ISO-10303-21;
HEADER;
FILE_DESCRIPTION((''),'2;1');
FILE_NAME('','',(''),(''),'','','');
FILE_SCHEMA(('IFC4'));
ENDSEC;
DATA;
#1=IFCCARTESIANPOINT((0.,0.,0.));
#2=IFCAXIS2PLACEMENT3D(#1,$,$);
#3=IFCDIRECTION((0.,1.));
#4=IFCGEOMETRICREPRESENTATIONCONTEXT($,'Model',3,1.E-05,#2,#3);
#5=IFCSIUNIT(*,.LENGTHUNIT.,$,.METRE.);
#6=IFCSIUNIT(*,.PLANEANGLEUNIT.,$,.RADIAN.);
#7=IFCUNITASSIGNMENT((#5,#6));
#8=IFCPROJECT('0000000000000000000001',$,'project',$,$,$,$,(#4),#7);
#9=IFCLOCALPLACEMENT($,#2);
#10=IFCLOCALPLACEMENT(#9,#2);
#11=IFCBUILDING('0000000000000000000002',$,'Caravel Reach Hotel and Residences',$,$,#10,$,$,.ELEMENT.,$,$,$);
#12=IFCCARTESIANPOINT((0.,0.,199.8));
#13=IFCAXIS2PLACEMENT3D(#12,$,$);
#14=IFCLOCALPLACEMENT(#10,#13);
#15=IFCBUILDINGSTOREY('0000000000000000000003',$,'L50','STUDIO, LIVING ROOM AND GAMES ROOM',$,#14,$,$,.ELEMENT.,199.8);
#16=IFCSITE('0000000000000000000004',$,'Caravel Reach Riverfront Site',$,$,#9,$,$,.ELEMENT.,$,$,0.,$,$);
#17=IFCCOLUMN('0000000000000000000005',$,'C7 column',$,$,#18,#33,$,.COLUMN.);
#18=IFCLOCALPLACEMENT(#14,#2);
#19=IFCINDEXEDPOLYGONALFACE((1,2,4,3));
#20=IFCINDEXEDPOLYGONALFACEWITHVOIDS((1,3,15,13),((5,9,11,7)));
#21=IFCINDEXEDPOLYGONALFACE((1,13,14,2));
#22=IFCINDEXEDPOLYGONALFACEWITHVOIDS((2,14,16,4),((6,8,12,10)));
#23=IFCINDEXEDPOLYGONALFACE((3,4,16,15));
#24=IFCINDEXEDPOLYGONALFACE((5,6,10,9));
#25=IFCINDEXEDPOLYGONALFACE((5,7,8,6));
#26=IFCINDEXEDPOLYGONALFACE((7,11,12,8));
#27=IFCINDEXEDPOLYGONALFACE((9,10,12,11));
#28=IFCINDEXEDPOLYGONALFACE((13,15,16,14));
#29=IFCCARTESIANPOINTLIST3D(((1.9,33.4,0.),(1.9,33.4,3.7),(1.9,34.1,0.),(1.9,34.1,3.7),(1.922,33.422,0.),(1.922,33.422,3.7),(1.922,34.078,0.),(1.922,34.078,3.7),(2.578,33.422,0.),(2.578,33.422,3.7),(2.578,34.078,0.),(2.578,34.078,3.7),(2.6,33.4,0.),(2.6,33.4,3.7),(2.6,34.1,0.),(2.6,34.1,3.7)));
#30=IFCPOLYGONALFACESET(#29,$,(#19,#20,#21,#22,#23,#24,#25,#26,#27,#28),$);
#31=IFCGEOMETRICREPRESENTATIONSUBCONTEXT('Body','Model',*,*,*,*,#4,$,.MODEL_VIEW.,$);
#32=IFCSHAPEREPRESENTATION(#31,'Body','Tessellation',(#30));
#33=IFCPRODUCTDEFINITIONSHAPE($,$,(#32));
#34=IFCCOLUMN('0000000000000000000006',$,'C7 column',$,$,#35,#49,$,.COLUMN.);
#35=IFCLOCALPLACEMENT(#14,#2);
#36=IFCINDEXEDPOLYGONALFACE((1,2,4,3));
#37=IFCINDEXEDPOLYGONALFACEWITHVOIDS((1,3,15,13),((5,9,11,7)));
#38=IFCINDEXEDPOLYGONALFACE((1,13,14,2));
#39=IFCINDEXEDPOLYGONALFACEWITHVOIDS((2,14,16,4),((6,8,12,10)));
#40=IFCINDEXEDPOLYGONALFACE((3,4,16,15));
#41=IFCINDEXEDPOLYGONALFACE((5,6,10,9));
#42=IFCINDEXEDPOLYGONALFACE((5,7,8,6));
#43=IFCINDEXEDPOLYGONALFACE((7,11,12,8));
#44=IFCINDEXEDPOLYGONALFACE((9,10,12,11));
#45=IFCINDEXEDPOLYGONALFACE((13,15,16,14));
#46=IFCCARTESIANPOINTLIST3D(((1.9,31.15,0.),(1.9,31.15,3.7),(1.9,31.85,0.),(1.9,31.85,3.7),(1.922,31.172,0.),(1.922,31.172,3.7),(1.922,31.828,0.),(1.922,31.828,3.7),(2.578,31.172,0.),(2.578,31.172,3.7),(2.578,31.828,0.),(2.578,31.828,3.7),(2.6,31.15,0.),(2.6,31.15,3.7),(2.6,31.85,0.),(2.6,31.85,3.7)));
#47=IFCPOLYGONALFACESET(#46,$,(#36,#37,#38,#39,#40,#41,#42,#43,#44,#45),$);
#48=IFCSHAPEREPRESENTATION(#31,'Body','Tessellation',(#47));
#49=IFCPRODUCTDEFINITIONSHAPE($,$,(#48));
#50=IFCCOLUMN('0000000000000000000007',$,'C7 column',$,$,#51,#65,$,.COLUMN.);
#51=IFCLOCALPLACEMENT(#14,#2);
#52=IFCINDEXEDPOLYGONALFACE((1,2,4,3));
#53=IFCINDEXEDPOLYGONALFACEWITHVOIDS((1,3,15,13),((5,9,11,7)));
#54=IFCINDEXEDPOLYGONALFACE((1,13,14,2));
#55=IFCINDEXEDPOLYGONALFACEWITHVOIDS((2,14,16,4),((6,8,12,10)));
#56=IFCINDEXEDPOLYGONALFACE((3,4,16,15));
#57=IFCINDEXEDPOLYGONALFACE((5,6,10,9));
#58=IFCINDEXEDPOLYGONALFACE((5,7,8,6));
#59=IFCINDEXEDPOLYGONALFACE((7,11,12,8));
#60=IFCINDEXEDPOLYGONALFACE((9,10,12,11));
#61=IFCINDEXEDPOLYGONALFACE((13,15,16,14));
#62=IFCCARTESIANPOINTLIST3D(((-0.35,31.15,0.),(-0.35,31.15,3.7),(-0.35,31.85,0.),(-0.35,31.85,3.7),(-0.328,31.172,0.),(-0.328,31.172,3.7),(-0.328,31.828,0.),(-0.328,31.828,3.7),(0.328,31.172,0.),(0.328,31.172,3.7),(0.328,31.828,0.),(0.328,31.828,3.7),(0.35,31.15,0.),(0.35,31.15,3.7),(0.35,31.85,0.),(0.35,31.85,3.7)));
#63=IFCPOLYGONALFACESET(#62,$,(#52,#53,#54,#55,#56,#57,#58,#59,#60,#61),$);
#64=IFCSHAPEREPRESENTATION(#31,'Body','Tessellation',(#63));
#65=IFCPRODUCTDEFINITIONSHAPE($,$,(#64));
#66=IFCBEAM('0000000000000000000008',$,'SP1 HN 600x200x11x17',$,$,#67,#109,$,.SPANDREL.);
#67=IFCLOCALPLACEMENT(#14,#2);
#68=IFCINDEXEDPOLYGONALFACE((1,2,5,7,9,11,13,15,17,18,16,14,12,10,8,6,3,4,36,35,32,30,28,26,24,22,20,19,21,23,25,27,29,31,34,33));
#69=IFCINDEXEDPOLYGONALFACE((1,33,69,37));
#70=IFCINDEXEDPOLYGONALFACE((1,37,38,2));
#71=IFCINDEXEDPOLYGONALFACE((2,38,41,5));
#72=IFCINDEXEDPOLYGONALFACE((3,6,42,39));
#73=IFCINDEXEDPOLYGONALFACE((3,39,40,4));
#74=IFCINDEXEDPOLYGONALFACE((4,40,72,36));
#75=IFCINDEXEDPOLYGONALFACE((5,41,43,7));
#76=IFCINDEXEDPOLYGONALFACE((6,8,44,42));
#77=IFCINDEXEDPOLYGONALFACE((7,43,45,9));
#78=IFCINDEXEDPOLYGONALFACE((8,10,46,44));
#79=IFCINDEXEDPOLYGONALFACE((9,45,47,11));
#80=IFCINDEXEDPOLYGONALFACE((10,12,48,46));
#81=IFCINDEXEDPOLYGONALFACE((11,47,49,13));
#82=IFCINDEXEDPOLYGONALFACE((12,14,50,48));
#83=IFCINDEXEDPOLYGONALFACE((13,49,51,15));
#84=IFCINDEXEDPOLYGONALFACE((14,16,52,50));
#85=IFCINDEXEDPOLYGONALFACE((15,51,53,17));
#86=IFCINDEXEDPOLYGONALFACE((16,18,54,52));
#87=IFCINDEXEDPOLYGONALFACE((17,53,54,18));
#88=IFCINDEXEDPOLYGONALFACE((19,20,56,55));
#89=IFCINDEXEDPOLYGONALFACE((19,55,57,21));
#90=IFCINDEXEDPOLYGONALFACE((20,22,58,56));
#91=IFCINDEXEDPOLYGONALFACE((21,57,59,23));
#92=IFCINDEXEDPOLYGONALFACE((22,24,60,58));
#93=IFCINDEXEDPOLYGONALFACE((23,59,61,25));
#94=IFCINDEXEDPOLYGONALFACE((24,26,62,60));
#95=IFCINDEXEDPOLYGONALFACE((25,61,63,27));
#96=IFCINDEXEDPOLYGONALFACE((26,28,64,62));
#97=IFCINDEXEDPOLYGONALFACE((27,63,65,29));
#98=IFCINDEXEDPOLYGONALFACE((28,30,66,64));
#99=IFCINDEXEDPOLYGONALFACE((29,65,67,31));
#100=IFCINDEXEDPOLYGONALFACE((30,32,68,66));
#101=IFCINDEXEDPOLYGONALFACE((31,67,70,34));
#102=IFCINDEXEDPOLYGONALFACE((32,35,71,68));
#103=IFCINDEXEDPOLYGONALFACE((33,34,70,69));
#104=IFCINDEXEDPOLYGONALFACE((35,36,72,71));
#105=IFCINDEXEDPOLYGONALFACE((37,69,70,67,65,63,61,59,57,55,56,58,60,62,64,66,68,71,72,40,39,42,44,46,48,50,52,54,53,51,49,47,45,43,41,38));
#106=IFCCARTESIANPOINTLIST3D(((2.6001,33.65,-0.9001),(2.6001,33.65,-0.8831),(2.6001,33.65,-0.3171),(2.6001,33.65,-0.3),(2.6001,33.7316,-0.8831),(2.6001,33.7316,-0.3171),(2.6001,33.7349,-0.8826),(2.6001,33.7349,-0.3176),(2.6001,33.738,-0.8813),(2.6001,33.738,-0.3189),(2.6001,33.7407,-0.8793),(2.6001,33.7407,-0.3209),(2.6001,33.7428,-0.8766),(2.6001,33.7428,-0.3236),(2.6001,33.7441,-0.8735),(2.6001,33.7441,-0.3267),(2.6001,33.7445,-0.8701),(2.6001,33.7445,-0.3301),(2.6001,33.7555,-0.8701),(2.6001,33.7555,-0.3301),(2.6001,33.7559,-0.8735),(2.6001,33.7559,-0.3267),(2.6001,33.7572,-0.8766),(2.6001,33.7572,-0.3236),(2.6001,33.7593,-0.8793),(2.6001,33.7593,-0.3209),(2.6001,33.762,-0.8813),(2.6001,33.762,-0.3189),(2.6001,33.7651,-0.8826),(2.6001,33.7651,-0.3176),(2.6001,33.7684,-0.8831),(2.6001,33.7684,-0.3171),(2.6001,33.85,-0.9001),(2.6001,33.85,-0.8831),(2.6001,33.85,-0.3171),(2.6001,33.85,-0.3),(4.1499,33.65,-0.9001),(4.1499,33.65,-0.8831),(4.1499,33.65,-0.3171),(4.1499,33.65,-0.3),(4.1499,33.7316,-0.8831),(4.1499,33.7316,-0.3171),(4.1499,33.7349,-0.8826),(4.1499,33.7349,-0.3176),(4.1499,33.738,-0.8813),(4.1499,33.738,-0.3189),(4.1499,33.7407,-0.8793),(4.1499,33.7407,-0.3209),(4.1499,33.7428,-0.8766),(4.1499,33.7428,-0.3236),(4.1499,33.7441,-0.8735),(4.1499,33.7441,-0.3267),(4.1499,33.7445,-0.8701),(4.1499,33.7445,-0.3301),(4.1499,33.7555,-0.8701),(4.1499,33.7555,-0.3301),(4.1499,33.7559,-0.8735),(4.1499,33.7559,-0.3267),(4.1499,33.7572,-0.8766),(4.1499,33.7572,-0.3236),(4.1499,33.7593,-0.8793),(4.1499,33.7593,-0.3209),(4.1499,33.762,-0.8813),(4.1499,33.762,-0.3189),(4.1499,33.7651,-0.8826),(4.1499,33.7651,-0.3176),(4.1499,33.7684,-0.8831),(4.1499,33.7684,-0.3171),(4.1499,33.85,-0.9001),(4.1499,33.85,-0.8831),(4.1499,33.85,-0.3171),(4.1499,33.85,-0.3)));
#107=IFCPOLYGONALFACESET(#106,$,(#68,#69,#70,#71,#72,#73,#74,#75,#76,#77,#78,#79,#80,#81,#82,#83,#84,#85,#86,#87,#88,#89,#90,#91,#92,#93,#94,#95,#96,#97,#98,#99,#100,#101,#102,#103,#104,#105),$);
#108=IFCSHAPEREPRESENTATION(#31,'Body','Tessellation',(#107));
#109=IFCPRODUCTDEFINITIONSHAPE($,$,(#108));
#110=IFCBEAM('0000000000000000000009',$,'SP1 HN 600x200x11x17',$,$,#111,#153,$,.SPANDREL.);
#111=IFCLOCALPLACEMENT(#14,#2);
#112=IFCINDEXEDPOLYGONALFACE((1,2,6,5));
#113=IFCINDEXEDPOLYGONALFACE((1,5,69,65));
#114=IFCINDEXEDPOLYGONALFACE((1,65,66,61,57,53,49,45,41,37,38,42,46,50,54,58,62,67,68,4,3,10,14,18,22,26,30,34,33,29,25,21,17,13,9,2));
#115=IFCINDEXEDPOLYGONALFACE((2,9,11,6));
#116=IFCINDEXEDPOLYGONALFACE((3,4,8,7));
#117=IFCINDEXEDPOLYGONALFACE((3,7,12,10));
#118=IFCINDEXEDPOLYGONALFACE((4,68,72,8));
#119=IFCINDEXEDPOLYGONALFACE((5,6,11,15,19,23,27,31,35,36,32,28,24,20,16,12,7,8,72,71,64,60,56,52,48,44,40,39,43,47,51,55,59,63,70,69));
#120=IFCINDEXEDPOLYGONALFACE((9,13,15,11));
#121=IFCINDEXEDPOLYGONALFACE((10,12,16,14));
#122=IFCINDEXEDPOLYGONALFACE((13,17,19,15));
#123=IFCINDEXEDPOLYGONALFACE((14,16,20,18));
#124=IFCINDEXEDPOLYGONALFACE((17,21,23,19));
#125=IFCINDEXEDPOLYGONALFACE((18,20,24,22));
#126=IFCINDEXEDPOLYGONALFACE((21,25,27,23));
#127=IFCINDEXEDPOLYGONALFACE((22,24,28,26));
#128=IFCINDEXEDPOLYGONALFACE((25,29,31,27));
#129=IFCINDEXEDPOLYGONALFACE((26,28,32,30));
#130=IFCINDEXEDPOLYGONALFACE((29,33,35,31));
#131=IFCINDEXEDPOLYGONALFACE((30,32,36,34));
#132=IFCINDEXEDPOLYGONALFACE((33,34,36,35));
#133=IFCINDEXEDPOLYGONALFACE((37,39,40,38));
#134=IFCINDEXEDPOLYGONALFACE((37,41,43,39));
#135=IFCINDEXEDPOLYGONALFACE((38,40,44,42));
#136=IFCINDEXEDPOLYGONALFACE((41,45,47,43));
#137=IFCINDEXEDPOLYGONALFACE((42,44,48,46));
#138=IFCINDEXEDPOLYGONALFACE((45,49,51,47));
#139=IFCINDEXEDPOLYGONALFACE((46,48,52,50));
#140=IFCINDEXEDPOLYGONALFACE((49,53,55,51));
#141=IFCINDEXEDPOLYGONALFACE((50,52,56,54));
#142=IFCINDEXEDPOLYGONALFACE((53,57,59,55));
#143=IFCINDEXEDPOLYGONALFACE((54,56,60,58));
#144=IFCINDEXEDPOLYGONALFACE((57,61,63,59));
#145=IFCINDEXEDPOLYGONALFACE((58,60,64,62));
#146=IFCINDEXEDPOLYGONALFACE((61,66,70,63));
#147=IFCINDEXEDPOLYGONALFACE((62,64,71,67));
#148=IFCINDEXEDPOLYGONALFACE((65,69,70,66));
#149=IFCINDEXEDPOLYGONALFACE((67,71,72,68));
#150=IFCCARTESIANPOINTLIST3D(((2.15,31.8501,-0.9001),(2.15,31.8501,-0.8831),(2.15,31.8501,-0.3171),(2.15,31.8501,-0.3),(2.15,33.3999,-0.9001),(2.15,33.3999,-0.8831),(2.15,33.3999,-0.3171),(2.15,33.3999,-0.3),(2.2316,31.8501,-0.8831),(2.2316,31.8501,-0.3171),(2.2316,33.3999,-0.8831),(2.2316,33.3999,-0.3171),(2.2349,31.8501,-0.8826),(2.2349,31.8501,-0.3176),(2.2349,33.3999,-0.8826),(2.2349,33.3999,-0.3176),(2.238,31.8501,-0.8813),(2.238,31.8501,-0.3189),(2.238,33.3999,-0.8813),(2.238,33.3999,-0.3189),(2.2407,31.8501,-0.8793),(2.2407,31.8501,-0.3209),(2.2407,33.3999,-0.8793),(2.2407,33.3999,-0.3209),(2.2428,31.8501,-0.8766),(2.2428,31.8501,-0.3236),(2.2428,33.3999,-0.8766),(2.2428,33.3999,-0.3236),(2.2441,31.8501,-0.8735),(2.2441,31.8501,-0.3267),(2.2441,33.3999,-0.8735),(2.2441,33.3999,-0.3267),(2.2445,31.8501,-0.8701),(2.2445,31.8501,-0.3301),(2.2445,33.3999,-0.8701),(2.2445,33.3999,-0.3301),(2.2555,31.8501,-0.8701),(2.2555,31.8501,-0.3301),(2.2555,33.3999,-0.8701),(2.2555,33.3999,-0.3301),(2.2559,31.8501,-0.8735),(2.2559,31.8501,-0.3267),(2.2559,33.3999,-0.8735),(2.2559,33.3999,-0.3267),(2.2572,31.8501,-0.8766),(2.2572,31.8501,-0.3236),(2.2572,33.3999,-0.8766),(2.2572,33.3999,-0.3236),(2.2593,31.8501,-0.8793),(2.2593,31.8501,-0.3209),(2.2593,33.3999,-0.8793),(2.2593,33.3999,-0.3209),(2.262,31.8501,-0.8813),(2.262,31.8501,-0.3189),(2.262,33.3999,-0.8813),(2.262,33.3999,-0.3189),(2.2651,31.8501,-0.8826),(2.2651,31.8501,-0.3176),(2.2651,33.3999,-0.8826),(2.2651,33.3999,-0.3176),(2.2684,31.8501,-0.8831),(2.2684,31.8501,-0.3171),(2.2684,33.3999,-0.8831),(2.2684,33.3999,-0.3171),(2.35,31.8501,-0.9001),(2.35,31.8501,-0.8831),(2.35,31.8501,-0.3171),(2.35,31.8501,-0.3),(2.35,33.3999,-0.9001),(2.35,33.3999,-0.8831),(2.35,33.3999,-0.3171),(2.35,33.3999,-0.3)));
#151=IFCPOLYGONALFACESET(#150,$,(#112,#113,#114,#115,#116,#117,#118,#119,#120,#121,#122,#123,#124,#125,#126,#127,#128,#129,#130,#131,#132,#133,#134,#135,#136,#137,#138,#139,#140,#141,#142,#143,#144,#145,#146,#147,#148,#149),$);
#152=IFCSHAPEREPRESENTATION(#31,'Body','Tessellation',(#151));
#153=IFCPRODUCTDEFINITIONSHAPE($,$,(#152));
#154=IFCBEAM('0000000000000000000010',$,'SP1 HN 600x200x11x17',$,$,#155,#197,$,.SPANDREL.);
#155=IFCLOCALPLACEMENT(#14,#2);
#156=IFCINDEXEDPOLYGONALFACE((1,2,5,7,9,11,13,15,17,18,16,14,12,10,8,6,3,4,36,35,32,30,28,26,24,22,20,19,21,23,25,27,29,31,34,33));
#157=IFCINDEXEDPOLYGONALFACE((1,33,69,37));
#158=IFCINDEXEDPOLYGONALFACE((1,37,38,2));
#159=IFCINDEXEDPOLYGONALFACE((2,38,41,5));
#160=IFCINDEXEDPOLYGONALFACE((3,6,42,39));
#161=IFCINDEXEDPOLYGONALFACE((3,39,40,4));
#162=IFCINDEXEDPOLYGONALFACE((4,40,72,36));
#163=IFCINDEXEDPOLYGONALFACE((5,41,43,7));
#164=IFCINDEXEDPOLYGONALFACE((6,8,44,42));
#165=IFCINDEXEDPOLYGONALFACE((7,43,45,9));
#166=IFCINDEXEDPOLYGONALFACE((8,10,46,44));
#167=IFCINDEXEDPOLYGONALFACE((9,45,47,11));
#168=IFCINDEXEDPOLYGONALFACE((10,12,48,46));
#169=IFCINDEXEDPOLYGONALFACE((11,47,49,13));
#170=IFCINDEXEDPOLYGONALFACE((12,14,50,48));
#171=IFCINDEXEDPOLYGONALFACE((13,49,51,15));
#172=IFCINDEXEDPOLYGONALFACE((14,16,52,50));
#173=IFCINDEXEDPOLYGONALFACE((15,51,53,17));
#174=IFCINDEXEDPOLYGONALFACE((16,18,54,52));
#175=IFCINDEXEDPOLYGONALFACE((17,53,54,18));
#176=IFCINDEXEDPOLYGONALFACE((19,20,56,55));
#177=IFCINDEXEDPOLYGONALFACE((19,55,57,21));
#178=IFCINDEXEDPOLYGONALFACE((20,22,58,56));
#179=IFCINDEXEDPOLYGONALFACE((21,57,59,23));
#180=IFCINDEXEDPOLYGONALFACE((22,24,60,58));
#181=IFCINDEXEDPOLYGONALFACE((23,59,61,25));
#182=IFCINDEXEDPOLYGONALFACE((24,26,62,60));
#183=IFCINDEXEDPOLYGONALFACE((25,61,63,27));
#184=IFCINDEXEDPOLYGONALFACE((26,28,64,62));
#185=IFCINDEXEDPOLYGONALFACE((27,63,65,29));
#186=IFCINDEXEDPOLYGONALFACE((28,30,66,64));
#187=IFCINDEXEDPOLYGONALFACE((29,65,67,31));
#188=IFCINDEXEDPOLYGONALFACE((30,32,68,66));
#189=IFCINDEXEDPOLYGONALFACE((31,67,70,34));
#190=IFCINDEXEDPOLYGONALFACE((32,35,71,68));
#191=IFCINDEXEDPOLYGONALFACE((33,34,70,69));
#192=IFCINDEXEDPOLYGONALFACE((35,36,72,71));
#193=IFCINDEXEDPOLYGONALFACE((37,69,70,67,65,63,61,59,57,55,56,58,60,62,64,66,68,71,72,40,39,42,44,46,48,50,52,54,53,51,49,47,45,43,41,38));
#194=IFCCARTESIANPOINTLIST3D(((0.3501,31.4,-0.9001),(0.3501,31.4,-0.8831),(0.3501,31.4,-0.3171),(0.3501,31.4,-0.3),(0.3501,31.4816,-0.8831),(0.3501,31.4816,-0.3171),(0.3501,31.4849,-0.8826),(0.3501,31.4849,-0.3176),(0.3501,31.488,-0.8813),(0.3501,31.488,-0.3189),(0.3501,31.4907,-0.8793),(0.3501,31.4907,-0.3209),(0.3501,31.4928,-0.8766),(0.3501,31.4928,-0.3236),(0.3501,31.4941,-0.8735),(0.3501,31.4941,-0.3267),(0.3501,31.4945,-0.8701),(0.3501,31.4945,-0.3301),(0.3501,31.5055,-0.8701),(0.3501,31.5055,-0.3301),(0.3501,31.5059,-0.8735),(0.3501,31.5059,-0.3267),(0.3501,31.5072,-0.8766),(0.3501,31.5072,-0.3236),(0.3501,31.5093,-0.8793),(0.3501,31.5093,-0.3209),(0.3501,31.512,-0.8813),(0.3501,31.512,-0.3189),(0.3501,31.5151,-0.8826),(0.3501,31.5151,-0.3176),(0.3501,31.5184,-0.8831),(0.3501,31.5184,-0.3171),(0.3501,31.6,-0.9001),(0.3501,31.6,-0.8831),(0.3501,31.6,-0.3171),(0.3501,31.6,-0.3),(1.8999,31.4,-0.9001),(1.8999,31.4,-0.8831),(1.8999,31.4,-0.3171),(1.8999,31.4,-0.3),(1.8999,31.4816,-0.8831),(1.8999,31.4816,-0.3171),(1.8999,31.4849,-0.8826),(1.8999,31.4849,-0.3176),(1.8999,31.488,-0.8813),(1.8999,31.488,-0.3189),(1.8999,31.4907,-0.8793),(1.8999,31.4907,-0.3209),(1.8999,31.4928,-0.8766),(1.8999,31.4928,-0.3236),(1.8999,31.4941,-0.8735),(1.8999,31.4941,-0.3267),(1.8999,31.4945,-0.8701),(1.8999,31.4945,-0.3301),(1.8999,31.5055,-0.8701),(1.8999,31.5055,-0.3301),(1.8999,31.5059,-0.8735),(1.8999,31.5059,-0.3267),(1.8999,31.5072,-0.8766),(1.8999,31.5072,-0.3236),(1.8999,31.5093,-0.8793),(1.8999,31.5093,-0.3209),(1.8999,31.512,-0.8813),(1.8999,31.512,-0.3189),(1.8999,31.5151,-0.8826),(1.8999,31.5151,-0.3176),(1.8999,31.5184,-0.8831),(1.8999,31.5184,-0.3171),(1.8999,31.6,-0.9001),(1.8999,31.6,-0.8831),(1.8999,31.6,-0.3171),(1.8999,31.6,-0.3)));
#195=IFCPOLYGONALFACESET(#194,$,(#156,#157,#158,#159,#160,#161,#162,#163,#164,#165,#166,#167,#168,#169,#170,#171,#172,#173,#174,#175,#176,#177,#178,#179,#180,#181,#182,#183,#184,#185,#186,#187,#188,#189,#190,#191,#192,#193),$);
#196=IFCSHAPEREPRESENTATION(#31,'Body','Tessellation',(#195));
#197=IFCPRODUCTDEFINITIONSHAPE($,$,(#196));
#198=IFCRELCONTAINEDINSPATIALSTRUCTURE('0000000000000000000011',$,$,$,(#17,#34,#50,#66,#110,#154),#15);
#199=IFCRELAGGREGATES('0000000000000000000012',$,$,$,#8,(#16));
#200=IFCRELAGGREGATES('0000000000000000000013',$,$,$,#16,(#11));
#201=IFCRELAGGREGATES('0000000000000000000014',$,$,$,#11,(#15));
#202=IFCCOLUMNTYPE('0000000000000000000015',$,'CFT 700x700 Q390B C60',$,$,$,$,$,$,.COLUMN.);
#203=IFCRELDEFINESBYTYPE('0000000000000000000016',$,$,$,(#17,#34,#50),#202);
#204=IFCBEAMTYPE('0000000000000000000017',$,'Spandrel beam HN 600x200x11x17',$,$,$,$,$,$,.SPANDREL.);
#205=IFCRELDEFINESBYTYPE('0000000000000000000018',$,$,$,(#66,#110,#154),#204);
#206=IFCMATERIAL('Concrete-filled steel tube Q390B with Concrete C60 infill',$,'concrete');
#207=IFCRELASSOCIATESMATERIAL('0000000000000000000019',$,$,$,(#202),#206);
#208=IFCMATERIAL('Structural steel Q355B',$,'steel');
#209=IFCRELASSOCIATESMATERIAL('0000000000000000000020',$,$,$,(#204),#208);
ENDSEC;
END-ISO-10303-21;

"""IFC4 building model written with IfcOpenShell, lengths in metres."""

from ifc_helpers import new_model, si_unit, direction, frame, origin, origin_2d, place, context, subcontext, project, spatial, hollow_rectangle, i_section, extrude, material, material_profile, profile_set, type_object, element, save


model = new_model("IFC4")

# Units and contexts
model_context = context("Model", 3, precision=1e-05, world=origin(), true_north=direction((0.0, 1.0)))
body_context = subcontext(model_context, "Body", "Model", "MODEL_VIEW")
ifc_project = project(units=[si_unit("LENGTHUNIT", "METRE"), si_unit("PLANEANGLEUNIT", "RADIAN")], contexts=[model_context])

# Site, building, storey
site_placement = place(None, origin())
site = spatial("IfcSite", under=ifc_project, at=site_placement, Name="Caravel Reach Riverfront Site", CompositionType="ELEMENT", RefElevation=0.0)
building_placement = place(site_placement, origin())
building = spatial("IfcBuilding", under=site, at=building_placement, Name="Caravel Reach Hotel and Residences", CompositionType="ELEMENT")
storey_placement = place(building_placement, frame((0.0, 0.0, 199.8)))
storey = spatial("IfcBuildingStorey", under=building, at=storey_placement, Name="L50", Description="STUDIO, LIVING ROOM AND GAMES ROOM", CompositionType="ELEMENT", Elevation=199.8)

# Columns
ifc_material_1 = material(Name="Concrete-filled steel tube Q390B with Concrete C60 infill", Category="concrete")
ifc_material_profile_1 = material_profile(ifc_material_1, hollow_rectangle(XDim=0.7, YDim=0.7, WallThickness=0.022, at=origin_2d()), Name="RHS 700x700x22")
ifc_profile_set_1 = profile_set([ifc_material_profile_1], Name="Concrete-filled steel tube Q390B with Concrete C60 infill")
column_type = type_object("IfcColumnType", Name="CFT 700x700 Q390B C60", PredefinedType="COLUMN", material=ifc_profile_set_1)
for number, where, z_axis, x_axis, name in (
    (1, (2.25, 33.75, 0.0), (0.0, 0.0, 1.0), (1.0, 0.0, 0.0), "C7 column"),
    (2, (2.25, 31.5, 0.0), (0.0, 0.0, 1.0), (1.0, 0.0, 0.0), "C7 column"),
    (3, (0.0, 31.5, 0.0), (0.0, 0.0, 1.0), (1.0, 0.0, 0.0), "C7 column"),
):
    element("IfcColumn", number, at=place(storey_placement, frame(where, z_axis=z_axis, x_axis=x_axis)), inside=storey, type_object=column_type, Name=name, PredefinedType="COLUMN", context=body_context, shape_type="SweptSolid", body=[
        extrude(hollow_rectangle(XDim=0.7, YDim=0.7, WallThickness=0.022, at=origin_2d()), origin(), (0.0, 0.0, 1.0), 3.7),
    ])

# Beams
ifc_material_2 = material(Name="Structural steel Q355B", Category="steel")
ifc_material_profile_2 = material_profile(ifc_material_2, i_section(OverallWidth=0.2, OverallDepth=0.6001, WebThickness=0.011, FlangeThickness=0.0171, FilletRadius=0.0129, at=origin_2d()), Name="HN 600x200x11x17")
ifc_profile_set_2 = profile_set([ifc_material_profile_2], Name="Structural steel Q355B")
beam_type = type_object("IfcBeamType", Name="Spandrel beam HN 600x200x11x17", PredefinedType="SPANDREL", material=ifc_profile_set_2)
for number, where, z_axis, x_axis, name in (
    (4, (4.1499, 33.75, -0.6001), (-1.0, 0.0, 0.0), (0.0, -1.0, 0.0), "SP1 HN 600x200x11x17"),
    (5, (2.25, 33.3999, -0.6001), (0.0, -1.0, 0.0), (1.0, 0.0, 0.0), "SP1 HN 600x200x11x17"),
    (6, (1.8999, 31.5, -0.6001), (-1.0, 0.0, 0.0), (0.0, -1.0, 0.0), "SP1 HN 600x200x11x17"),
):
    element("IfcBeam", number, at=place(storey_placement, frame(where, z_axis=z_axis, x_axis=x_axis)), inside=storey, type_object=beam_type, Name=name, PredefinedType="SPANDREL", context=body_context, shape_type="SweptSolid", body=[
        extrude(i_section(OverallWidth=0.2, OverallDepth=0.6001, WebThickness=0.011, FlangeThickness=0.0171, FilletRadius=0.0129, at=origin_2d()), origin(), (0.0, 0.0, 1.0), 1.5498),
    ])

save(model, "model.ifc")
